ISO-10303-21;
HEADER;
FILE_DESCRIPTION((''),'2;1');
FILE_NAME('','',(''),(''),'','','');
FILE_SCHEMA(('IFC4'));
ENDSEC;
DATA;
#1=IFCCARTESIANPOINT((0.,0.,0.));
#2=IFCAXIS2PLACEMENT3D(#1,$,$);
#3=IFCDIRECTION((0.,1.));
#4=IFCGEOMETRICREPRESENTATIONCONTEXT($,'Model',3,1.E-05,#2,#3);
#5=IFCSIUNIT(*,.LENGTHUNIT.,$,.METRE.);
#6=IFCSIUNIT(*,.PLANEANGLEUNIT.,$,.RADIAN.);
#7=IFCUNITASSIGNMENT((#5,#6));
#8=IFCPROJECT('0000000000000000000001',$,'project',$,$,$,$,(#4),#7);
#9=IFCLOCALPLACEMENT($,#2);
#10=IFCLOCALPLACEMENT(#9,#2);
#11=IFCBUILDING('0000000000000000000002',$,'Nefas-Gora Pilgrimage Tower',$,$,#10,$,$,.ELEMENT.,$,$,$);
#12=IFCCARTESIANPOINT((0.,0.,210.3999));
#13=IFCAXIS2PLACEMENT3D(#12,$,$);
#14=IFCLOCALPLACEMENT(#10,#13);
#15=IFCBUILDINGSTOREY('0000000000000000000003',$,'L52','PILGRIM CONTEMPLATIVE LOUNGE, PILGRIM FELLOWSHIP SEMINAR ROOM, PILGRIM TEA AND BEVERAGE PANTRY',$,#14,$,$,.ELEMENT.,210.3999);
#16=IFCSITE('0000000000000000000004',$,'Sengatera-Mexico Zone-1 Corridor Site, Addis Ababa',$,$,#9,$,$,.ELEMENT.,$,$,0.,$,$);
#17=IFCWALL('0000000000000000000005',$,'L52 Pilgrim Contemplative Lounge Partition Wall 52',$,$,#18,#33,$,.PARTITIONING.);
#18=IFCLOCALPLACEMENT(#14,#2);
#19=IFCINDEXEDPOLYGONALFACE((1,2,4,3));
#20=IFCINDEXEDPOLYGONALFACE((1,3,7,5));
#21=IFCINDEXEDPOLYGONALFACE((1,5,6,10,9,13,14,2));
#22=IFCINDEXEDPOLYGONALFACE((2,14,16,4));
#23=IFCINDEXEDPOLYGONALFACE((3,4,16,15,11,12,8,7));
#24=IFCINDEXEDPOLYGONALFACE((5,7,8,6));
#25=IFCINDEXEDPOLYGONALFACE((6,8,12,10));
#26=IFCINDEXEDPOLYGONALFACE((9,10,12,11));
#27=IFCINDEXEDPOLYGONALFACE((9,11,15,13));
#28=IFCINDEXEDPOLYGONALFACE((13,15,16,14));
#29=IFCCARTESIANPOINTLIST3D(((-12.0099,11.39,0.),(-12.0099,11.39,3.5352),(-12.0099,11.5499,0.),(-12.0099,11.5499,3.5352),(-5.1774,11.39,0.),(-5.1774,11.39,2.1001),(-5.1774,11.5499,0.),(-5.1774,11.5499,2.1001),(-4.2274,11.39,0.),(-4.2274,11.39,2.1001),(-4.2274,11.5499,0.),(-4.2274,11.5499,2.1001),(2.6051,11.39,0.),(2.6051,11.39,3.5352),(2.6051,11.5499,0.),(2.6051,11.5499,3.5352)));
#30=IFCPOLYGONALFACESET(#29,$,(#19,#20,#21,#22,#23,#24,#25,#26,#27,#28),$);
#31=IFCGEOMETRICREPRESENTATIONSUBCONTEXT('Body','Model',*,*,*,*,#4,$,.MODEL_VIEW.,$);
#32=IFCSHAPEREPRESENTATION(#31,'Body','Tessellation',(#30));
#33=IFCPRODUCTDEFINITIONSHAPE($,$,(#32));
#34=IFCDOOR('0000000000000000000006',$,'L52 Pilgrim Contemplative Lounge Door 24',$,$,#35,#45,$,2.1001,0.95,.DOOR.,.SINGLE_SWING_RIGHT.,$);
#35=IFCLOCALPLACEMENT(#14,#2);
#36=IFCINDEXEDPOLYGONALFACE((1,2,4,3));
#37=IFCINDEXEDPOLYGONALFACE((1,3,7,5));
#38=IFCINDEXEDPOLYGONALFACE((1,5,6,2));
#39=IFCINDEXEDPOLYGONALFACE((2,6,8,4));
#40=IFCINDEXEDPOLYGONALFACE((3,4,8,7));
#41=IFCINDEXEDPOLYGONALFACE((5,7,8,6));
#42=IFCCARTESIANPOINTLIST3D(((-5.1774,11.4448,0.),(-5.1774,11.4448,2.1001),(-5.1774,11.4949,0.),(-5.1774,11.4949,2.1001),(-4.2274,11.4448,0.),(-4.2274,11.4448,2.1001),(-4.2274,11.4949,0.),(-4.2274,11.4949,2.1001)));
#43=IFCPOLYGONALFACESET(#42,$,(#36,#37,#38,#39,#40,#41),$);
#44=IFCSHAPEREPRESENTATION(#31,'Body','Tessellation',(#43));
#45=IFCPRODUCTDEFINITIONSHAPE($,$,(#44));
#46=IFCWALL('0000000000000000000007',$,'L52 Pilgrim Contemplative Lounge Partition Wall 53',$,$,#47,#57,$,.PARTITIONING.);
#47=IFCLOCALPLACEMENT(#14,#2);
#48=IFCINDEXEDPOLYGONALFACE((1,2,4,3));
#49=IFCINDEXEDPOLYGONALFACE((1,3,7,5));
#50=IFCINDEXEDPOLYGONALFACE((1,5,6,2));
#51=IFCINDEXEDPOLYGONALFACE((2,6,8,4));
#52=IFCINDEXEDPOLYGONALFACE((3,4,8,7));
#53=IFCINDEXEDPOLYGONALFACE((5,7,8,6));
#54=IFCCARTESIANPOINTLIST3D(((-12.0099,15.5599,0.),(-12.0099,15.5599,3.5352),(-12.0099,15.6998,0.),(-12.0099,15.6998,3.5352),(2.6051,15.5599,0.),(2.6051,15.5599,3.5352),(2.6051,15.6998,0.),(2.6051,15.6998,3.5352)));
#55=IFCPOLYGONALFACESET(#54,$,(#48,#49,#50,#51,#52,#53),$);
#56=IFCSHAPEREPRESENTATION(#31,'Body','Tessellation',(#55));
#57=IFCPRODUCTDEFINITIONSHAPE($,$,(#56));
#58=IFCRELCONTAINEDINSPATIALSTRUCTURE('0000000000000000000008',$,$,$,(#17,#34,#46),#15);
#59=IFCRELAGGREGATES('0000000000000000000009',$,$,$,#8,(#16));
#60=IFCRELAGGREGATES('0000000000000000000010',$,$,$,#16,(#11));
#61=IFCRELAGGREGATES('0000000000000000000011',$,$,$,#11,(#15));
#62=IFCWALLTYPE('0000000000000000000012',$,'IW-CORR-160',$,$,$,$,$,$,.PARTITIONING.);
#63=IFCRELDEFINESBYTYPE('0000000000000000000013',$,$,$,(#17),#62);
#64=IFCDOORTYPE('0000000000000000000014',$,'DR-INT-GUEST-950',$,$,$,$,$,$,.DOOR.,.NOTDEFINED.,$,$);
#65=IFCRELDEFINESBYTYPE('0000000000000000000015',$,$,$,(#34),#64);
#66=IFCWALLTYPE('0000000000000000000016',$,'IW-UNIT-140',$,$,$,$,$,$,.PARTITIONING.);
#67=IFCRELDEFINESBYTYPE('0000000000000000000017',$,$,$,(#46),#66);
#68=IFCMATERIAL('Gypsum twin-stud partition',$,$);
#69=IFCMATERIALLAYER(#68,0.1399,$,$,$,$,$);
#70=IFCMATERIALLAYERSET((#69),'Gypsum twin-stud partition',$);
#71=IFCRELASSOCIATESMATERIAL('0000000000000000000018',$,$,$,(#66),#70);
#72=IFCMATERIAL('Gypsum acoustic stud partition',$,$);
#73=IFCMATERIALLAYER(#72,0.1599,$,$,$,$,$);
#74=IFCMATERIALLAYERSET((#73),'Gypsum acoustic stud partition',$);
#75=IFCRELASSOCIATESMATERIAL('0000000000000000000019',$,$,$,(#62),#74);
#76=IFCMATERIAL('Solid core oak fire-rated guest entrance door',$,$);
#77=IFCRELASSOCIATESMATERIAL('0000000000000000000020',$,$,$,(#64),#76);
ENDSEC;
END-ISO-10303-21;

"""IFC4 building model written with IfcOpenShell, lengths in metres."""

from ifc_helpers import new_model, si_unit, direction, frame, frame_2d, origin, place, context, subcontext, project, spatial, rectangle, extrude, source, transform, mapped, material, layer, layer_set, type_object, element, fill, save


model = new_model("IFC4")

# Units and contexts
model_context = context("Model", 3, precision=1e-05, world=origin(), true_north=direction((0.0, 1.0)))
body_context = subcontext(model_context, "Body", "Model", "MODEL_VIEW")
ifc_project = project(units=[si_unit("LENGTHUNIT", "METRE"), si_unit("PLANEANGLEUNIT", "RADIAN")], contexts=[model_context])

# Site, building, storey
site_placement = place(None, origin())
site = spatial("IfcSite", under=ifc_project, at=site_placement, Name="Sengatera-Mexico Zone-1 Corridor Site, Addis Ababa", CompositionType="ELEMENT", RefElevation=0.0)
building_placement = place(site_placement, origin())
building = spatial("IfcBuilding", under=site, at=building_placement, Name="Nefas-Gora Pilgrimage Tower", CompositionType="ELEMENT")
storey_placement = place(building_placement, frame((0.0, 0.0, 210.3999)))
storey = spatial("IfcBuildingStorey", under=building, at=storey_placement, Name="L52", Description="PILGRIM CONTEMPLATIVE LOUNGE, PILGRIM FELLOWSHIP SEMINAR ROOM, PILGRIM TEA AND BEVERAGE PANTRY", CompositionType="ELEMENT", Elevation=210.3999)

# Shared definitions
ifc_material_1 = material(Name="Gypsum twin-stud partition")
ifc_layer_1 = layer(ifc_material_1, 0.1399)
ifc_layer_set_1 = layer_set([ifc_layer_1], Name="Gypsum twin-stud partition")
wall_type_1 = type_object("IfcWallType", Name="IW-UNIT-140", PredefinedType="PARTITIONING", material=ifc_layer_set_1)

# Wall, opening, door
ifc_material_2 = material(Name="Gypsum acoustic stud partition")
ifc_layer_2 = layer(ifc_material_2, 0.1599)
ifc_layer_set_2 = layer_set([ifc_layer_2], Name="Gypsum acoustic stud partition")
wall_type_2 = type_object("IfcWallType", Name="IW-CORR-160", PredefinedType="PARTITIONING", material=ifc_layer_set_2)
ifc_material_3 = material(Name="Solid core oak fire-rated guest entrance door")
door_type = type_object("IfcDoorType", Name="DR-INT-GUEST-950", OperationType="NOTDEFINED", PredefinedType="DOOR", material=ifc_material_3)
shared_shape_1 = source(origin(), body_context, "Body", "SweptSolid", [
    extrude(rectangle(XDim=0.95, YDim=2.1001, at=frame_2d((0.4751, 1.05))), frame((0.0, 0.0249, 0.0), z_axis=(0.0, -1.0, 0.0), x_axis=(1.0, 0.0, 0.0)), (0.0, 0.0, 1.0), 0.05),
])
shared_shape_2 = source(origin(), body_context, "Body", "SweptSolid", [
    extrude(rectangle(XDim=14.615, YDim=0.1599, at=frame_2d((7.3076, 0.0))), origin(), (0.0, 0.0, 1.0), 3.5352),
])
wall_1_placement = place(storey_placement, frame((-12.01, 11.47, 0.0), z_axis=(0.0, 0.0, 1.0), x_axis=(1.0, 0.0, 0.0)))
wall_1 = element("IfcWall", 1, at=wall_1_placement, inside=storey, type_object=wall_type_2, Name="L52 Pilgrim Contemplative Lounge Partition Wall 52", PredefinedType="PARTITIONING", context=body_context, shape_type="MappedRepresentation", body=[
    mapped(shared_shape_2, transform((0.0, 0.0, 0.0), x_axis=(1.0, 0.0, 0.0), y_axis=(0.0, 1.0, 0.0), z_axis=(0.0, 0.0, 1.0), scale=1.0)),
])
opening_1_placement = place(wall_1_placement, frame((6.8325, 0.0, 0.0)))
opening_1 = element("IfcOpeningElement", 2, at=opening_1_placement, cuts=wall_1, PredefinedType="OPENING", context=body_context, shape_type="SweptSolid", body=[
    extrude(rectangle(XDim=0.95, YDim=2.1001, at=frame_2d((0.4751, 1.05))), frame((0.0, 0.0898, 0.0), z_axis=(0.0, -1.0, 0.0), x_axis=(1.0, 0.0, 0.0)), (0.0, 0.0, 1.0), 0.1799),
])
door_1_placement = place(opening_1_placement, origin())
door_1 = element("IfcDoor", 3, at=door_1_placement, inside=storey, type_object=door_type, Name="L52 Pilgrim Contemplative Lounge Door 24", OperationType="SINGLE_SWING_RIGHT", OverallHeight=2.1001, OverallWidth=0.95, PredefinedType="DOOR", context=body_context, shape_type="MappedRepresentation", body=[
    mapped(shared_shape_1, transform((0.0, 0.0, 0.0), x_axis=(1.0, 0.0, 0.0), y_axis=(0.0, 1.0, 0.0), z_axis=(0.0, 0.0, 1.0), scale=1.0)),
])
fill(opening_1, door_1)

# Wall
shared_shape_3 = source(origin(), body_context, "Body", "SweptSolid", [
    extrude(rectangle(XDim=14.615, YDim=0.1399, at=frame_2d((7.3076, 0.0))), origin(), (0.0, 0.0, 1.0), 3.5352),
])
wall_2_placement = place(storey_placement, frame((-12.01, 15.6299, 0.0), z_axis=(0.0, 0.0, 1.0), x_axis=(1.0, 0.0, 0.0)))
element("IfcWall", 4, at=wall_2_placement, inside=storey, type_object=wall_type_1, Name="L52 Pilgrim Contemplative Lounge Partition Wall 53", PredefinedType="PARTITIONING", context=body_context, shape_type="MappedRepresentation", body=[
    mapped(shared_shape_3, transform((0.0, 0.0, 0.0), x_axis=(1.0, 0.0, 0.0), y_axis=(0.0, 1.0, 0.0), z_axis=(0.0, 0.0, 1.0), scale=1.0)),
])

save(model, "model.ifc")
